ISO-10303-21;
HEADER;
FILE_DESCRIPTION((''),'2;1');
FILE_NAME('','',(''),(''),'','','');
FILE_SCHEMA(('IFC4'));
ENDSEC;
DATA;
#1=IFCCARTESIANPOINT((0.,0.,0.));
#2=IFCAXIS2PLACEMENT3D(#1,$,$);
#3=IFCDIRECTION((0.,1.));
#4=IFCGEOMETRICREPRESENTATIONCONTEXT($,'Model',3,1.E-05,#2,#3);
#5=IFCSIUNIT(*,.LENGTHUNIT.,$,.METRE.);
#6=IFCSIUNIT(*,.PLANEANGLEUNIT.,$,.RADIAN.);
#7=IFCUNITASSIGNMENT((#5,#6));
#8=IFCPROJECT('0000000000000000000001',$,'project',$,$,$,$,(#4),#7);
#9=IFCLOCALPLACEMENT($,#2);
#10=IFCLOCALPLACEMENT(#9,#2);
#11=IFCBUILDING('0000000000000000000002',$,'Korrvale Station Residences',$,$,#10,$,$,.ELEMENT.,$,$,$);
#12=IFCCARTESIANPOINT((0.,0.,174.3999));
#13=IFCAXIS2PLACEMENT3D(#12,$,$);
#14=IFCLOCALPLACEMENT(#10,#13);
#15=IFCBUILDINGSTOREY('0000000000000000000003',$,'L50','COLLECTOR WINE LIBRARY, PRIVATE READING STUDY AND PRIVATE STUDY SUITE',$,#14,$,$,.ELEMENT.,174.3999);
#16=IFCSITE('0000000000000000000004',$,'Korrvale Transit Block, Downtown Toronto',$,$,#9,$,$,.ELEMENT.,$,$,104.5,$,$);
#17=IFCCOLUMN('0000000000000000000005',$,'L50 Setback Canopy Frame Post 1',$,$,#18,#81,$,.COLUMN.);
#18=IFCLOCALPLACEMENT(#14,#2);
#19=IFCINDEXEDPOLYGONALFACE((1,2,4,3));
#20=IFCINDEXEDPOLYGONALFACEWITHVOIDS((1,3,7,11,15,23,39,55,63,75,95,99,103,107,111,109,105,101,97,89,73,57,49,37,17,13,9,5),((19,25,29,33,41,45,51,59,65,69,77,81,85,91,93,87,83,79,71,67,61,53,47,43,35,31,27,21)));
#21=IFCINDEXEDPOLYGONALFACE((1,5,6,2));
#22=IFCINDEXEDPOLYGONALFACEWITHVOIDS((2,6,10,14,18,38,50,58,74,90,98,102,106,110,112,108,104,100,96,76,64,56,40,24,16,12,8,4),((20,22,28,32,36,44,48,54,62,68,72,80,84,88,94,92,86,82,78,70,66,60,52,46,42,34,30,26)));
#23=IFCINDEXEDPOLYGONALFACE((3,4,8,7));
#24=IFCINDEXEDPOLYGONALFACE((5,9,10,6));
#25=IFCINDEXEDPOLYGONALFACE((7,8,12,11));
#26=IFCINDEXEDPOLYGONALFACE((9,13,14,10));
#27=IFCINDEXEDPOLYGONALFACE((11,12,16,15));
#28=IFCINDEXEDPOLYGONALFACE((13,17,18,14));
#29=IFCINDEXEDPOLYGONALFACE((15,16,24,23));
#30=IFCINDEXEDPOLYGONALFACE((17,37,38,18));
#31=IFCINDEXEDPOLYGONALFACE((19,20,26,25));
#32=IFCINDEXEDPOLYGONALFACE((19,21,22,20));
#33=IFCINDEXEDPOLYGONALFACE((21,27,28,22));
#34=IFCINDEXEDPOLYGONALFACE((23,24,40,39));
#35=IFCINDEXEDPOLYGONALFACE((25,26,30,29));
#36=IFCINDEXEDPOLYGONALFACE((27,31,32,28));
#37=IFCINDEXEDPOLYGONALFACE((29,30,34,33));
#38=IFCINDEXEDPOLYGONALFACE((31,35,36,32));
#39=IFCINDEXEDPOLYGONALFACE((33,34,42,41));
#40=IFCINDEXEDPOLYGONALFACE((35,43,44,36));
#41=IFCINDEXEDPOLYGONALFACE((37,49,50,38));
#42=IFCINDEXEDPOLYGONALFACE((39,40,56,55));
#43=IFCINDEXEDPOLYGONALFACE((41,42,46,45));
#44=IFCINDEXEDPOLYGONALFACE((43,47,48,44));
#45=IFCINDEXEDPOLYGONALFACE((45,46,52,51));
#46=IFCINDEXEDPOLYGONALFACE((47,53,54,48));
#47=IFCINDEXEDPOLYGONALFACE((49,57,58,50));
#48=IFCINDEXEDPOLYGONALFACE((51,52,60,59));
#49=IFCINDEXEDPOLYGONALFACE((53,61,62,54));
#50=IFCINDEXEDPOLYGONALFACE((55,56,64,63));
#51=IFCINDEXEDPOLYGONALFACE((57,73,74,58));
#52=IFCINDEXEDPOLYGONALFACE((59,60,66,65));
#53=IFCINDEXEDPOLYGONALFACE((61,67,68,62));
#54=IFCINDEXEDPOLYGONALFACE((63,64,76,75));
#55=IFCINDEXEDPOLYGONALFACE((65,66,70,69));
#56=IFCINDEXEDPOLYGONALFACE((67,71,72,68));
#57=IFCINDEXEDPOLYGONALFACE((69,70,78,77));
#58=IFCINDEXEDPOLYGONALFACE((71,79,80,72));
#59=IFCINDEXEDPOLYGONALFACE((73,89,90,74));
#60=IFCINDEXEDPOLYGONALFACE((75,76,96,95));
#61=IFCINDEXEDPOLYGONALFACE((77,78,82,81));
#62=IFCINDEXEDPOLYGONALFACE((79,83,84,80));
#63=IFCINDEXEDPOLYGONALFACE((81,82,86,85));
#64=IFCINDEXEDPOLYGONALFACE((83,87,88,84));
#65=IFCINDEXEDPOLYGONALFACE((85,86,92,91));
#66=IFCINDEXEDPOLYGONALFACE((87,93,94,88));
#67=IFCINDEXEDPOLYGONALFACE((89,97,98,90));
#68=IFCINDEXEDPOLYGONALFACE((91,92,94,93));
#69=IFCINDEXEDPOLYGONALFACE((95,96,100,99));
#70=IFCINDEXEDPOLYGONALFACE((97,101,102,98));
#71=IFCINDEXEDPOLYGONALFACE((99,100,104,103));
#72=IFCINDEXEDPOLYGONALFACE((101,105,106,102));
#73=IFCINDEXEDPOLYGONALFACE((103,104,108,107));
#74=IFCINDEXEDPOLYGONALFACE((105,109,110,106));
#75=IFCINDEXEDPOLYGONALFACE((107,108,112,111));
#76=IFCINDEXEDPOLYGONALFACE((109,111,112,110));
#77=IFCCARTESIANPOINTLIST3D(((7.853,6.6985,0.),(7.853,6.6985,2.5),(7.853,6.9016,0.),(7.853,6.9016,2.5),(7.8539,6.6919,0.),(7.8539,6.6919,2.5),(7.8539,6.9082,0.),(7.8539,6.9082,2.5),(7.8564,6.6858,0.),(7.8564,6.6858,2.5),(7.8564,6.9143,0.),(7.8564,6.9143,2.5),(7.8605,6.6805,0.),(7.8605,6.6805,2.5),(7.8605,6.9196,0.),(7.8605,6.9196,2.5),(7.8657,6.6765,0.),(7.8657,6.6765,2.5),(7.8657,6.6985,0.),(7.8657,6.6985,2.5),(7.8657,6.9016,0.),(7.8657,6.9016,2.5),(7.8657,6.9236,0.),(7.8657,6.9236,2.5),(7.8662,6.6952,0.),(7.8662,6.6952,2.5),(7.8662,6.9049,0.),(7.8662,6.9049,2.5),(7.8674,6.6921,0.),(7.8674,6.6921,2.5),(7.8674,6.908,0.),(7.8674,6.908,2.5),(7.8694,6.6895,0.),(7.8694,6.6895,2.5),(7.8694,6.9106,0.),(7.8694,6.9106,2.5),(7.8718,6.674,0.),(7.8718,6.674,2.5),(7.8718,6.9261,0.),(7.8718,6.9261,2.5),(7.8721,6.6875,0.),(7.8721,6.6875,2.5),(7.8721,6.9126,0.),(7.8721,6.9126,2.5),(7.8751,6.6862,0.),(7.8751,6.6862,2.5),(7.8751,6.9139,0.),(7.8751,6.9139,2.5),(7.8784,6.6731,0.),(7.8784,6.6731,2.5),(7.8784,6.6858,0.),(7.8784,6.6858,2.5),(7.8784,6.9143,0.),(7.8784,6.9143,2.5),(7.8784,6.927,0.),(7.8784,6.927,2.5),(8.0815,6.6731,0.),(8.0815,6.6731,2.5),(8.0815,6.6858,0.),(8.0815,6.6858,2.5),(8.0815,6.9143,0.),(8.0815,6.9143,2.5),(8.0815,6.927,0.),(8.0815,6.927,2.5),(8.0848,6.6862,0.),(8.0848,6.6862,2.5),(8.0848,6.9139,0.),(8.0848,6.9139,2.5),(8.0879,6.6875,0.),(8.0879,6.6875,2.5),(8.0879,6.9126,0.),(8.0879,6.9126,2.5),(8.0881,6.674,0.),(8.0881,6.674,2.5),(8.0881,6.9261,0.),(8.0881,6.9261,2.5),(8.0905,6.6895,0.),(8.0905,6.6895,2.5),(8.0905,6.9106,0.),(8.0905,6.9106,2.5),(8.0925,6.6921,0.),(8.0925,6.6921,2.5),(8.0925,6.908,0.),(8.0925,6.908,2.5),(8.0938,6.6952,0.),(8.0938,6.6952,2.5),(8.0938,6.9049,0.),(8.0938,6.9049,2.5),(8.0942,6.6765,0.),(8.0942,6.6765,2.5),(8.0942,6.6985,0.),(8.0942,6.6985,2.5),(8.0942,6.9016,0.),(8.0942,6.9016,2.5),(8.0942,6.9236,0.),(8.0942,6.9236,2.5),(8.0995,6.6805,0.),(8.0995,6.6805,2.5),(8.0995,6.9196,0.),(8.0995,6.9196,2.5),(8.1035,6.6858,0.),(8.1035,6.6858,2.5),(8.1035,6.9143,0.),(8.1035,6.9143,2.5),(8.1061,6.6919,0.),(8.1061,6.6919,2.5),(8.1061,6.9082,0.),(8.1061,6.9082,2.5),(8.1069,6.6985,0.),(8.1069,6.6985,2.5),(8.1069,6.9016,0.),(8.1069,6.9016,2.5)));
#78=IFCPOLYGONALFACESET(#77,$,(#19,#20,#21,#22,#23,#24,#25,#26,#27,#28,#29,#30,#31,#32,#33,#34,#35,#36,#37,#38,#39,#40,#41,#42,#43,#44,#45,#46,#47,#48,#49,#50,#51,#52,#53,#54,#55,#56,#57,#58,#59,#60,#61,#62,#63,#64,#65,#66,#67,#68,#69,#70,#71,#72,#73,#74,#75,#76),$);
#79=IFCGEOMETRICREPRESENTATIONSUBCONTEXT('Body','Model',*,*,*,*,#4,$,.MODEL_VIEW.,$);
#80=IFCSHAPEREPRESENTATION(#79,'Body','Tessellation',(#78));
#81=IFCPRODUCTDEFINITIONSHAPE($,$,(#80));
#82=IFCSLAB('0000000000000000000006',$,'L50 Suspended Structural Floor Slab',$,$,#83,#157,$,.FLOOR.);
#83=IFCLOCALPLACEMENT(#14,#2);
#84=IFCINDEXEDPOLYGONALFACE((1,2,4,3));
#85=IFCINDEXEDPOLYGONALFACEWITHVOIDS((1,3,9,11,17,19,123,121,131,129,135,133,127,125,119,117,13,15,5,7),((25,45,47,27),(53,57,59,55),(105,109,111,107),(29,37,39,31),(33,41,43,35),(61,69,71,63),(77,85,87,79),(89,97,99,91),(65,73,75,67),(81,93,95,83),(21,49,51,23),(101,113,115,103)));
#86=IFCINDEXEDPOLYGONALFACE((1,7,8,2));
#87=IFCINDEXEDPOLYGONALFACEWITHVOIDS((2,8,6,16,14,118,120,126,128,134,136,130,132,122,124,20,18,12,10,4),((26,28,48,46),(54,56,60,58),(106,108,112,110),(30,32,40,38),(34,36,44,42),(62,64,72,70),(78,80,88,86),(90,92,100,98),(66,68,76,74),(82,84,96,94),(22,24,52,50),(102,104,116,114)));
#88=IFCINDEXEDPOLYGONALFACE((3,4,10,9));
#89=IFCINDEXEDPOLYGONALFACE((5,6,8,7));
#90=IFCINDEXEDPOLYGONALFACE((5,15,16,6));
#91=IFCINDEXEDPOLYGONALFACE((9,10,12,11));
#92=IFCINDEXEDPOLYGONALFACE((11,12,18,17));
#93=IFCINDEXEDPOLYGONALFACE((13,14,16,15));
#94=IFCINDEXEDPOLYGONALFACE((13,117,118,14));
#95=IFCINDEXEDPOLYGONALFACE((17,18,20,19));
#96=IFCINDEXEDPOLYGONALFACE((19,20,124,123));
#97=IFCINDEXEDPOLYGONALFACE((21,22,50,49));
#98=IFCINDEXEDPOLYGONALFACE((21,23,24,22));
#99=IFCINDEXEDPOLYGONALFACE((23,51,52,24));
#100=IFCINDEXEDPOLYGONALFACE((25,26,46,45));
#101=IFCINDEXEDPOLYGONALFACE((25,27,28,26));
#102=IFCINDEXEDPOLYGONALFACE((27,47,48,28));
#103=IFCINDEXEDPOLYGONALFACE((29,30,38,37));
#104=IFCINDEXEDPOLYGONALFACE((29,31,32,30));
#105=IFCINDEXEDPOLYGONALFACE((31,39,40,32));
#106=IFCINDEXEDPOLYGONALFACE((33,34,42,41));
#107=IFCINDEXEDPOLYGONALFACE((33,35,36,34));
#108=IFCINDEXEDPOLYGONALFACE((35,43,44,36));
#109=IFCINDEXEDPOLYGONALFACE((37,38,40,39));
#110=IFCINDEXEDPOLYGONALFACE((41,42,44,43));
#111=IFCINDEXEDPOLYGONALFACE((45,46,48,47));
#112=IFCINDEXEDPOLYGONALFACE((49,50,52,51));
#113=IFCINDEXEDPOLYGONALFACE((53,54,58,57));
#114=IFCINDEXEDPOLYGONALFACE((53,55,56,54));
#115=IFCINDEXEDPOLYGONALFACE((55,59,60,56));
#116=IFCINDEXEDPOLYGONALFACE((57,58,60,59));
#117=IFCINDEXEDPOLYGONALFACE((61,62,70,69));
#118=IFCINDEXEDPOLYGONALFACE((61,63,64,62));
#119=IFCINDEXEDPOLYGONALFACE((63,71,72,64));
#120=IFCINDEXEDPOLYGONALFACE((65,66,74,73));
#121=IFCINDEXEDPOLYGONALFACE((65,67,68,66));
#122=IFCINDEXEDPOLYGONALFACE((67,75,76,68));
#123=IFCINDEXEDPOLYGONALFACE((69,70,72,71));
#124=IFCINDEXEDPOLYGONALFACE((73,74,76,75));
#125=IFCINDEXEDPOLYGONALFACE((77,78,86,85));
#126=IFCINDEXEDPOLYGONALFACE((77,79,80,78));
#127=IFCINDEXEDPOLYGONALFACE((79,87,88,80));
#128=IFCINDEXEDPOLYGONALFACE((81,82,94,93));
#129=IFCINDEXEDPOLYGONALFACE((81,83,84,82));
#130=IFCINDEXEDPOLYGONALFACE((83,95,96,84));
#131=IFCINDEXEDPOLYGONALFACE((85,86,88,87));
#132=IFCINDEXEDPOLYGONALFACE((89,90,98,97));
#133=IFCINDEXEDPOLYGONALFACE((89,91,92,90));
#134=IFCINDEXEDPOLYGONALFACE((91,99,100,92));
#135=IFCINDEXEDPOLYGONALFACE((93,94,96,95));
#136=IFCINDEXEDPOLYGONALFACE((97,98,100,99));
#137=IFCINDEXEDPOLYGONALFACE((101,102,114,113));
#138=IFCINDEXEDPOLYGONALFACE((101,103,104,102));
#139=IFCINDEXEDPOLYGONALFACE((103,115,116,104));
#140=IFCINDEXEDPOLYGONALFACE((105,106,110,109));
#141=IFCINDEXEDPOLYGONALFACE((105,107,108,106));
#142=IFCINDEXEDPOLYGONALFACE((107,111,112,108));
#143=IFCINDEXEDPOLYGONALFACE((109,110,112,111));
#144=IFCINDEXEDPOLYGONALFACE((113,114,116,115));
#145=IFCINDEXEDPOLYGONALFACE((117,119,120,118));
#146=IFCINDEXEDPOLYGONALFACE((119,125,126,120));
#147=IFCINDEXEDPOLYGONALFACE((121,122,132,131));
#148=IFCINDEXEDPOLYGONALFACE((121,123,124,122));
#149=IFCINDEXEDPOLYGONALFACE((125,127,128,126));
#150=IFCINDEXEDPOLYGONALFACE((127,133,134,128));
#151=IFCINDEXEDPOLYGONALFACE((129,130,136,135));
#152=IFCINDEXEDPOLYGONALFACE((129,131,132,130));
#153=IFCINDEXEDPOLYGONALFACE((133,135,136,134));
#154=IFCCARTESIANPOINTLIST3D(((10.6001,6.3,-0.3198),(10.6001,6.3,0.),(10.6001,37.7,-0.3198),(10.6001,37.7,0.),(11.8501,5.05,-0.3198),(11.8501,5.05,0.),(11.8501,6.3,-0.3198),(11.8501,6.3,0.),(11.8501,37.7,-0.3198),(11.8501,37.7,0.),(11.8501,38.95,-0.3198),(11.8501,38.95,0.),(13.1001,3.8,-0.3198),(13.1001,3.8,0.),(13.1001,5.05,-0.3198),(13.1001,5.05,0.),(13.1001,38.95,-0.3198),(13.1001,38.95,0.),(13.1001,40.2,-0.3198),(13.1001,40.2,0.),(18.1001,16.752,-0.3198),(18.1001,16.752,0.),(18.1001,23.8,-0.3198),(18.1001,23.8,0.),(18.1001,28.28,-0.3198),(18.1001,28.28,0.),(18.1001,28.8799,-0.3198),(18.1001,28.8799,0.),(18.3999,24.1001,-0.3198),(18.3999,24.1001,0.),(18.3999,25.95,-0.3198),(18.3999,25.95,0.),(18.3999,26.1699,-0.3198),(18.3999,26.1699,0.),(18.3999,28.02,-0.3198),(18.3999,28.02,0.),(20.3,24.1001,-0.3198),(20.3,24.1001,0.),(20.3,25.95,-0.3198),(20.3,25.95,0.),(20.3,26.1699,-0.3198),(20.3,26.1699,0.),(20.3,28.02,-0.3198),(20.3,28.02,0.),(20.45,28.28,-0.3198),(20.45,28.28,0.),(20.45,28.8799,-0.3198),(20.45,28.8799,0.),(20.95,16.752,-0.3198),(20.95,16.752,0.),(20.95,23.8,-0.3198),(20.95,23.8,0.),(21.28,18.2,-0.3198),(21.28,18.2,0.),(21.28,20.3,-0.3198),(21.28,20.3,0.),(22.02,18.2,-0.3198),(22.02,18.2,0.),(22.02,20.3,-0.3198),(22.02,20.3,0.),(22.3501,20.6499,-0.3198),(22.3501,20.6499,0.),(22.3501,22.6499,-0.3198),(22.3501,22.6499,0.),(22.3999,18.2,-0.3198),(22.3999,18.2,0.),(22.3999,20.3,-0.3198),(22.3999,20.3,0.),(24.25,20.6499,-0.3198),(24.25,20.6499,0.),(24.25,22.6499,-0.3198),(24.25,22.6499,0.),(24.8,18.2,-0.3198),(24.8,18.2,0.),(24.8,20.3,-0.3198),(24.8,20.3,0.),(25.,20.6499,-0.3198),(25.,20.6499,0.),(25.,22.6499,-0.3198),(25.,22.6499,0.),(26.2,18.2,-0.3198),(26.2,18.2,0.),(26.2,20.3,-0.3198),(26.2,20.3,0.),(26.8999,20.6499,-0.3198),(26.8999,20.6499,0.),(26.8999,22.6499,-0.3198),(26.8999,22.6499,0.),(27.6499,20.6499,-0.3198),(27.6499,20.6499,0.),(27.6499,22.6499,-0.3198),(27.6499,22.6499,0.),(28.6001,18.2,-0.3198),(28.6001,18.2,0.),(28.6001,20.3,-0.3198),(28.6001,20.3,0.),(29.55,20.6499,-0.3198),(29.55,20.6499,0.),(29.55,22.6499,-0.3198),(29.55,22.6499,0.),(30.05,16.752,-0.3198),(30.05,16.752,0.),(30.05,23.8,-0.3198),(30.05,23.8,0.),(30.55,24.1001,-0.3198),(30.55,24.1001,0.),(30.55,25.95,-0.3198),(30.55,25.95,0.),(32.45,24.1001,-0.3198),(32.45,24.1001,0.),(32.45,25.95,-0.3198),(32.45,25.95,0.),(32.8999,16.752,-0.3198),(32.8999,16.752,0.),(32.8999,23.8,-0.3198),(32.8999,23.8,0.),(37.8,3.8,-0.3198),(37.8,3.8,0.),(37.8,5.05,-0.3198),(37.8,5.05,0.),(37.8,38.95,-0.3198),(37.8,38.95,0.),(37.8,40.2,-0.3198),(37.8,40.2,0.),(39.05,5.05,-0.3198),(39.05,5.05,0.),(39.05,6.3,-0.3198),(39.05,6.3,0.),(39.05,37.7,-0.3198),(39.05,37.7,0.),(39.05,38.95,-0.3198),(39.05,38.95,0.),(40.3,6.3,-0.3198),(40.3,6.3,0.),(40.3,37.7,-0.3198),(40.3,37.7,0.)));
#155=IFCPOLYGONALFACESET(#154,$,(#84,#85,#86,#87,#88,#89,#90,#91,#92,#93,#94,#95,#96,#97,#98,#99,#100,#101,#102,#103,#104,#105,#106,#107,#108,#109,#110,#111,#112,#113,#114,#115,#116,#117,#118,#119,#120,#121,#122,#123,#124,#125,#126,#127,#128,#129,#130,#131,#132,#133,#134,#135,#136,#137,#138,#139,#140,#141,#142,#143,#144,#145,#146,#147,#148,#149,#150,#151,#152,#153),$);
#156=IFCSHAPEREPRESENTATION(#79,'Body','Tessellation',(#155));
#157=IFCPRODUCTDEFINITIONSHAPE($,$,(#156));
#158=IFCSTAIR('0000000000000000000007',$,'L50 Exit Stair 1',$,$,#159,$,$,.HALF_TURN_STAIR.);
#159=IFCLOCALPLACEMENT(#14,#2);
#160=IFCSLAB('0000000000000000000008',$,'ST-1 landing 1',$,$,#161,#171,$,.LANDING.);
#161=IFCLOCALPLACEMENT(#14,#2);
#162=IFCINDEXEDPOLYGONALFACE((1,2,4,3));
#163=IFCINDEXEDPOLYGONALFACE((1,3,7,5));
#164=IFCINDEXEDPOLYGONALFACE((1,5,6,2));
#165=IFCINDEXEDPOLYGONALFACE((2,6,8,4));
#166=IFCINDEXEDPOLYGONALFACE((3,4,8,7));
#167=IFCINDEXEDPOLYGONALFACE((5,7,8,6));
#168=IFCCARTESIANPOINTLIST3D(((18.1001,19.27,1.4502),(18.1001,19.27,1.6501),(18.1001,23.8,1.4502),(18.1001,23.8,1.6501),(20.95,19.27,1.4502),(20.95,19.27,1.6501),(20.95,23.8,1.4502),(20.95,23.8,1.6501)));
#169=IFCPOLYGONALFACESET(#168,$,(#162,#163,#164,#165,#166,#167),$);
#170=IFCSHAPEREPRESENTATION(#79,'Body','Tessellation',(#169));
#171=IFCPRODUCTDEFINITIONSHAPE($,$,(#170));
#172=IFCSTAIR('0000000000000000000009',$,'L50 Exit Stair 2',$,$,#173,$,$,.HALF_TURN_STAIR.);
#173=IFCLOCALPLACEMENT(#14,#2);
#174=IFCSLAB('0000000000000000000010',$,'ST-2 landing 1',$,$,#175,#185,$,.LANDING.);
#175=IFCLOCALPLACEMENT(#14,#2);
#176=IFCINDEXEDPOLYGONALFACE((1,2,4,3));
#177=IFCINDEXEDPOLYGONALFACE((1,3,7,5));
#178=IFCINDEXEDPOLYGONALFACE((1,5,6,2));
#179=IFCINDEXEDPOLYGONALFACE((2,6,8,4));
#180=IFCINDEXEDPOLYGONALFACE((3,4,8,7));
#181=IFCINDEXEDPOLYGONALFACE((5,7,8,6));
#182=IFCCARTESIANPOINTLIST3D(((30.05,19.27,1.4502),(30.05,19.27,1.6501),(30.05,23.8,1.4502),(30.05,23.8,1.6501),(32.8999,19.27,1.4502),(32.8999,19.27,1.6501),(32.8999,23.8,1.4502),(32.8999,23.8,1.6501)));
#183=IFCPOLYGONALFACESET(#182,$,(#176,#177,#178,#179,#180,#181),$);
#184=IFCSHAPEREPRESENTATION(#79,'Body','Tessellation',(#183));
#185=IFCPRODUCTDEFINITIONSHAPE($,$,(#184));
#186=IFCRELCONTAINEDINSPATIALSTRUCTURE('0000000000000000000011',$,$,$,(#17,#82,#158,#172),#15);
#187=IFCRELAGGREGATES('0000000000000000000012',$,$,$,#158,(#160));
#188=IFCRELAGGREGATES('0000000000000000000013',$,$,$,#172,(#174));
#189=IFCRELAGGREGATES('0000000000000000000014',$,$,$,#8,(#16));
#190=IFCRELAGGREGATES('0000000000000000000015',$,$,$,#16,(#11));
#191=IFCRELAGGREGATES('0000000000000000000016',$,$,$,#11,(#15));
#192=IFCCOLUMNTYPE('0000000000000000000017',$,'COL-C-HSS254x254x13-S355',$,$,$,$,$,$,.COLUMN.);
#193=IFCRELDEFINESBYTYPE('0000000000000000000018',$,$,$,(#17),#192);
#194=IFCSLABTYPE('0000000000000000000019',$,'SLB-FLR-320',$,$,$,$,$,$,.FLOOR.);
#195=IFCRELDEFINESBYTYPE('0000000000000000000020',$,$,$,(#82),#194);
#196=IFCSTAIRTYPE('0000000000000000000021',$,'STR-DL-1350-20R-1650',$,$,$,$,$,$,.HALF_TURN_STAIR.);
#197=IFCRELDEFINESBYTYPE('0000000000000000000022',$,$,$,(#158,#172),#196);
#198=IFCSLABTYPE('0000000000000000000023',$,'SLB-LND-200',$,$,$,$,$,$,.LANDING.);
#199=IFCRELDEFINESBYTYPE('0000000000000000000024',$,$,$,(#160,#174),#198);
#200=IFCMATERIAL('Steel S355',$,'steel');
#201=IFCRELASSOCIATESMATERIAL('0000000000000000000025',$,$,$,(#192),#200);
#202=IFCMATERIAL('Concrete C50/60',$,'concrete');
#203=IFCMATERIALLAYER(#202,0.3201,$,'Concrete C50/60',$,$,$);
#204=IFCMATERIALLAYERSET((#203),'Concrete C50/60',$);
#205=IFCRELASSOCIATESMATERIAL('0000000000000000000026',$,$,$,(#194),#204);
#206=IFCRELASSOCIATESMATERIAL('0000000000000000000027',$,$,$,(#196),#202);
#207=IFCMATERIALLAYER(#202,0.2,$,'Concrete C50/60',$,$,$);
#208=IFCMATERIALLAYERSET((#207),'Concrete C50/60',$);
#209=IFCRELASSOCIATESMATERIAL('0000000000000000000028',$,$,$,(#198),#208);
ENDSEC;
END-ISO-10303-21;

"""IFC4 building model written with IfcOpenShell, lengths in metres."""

from ifc_helpers import new_model, si_unit, direction, frame, origin, origin_2d, place, context, subcontext, project, spatial, polyline, hollow_rectangle, outline, extrude, material, layer, layer_set, material_profile, profile_set, type_object, element, aggregate, save


model = new_model("IFC4")

# Units and contexts
model_context = context("Model", 3, precision=1e-05, world=origin(), true_north=direction((0.0, 1.0)))
body_context = subcontext(model_context, "Body", "Model", "MODEL_VIEW")
ifc_project = project(units=[si_unit("LENGTHUNIT", "METRE"), si_unit("PLANEANGLEUNIT", "RADIAN")], contexts=[model_context])

# Site, building, storey
site_placement = place(None, origin())
site = spatial("IfcSite", under=ifc_project, at=site_placement, Name="Korrvale Transit Block, Downtown Toronto", CompositionType="ELEMENT", RefElevation=104.5)
building_placement = place(site_placement, origin())
building = spatial("IfcBuilding", under=site, at=building_placement, Name="Korrvale Station Residences", CompositionType="ELEMENT")
storey_placement = place(building_placement, frame((0.0, 0.0, 174.3999)))
storey = spatial("IfcBuildingStorey", under=building, at=storey_placement, Name="L50", Description="COLLECTOR WINE LIBRARY, PRIVATE READING STUDY AND PRIVATE STUDY SUITE", CompositionType="ELEMENT", Elevation=174.3999)

# Column
ifc_material_1 = material(Name="Steel S355", Category="steel")
ifc_material_profile = material_profile(ifc_material_1, hollow_rectangle(XDim=0.2539, YDim=0.2539, WallThickness=0.0127, InnerFilletRadius=0.0127, OuterFilletRadius=0.0254, at=origin_2d()), Name="HSS254x254x13")
ifc_profile_set = profile_set([ifc_material_profile], Name="Steel S355")
column_type = type_object("IfcColumnType", Name="COL-C-HSS254x254x13-S355", PredefinedType="COLUMN", material=ifc_profile_set)
column_placement = place(storey_placement, frame((7.98, 6.8, 0.0), z_axis=(0.0, 0.0, 1.0), x_axis=(1.0, 0.0, 0.0)))
element("IfcColumn", 1, at=column_placement, inside=storey, type_object=column_type, Name="L50 Setback Canopy Frame Post 1", PredefinedType="COLUMN", context=body_context, shape_type="SweptSolid", body=[
    extrude(hollow_rectangle(XDim=0.2539, YDim=0.2539, WallThickness=0.0127, InnerFilletRadius=0.0127, OuterFilletRadius=0.0254, at=origin_2d()), origin(), (0.0, 0.0, 1.0), 2.5),
])

# Slab
ifc_material_2 = material(Name="Concrete C50/60", Category="concrete")
ifc_layer_1 = layer(ifc_material_2, 0.3201, Name="Concrete C50/60")
ifc_layer_set_1 = layer_set([ifc_layer_1], Name="Concrete C50/60")
slab_type_1 = type_object("IfcSlabType", Name="SLB-FLR-320", PredefinedType="FLOOR", material=ifc_layer_set_1)
slab_1_placement = place(storey_placement, frame((0.0, 0.0, -0.3198)))
element("IfcSlab", 2, at=slab_1_placement, inside=storey, type_object=slab_type_1, Name="L50 Suspended Structural Floor Slab", PredefinedType="FLOOR", context=body_context, shape_type="SweptSolid", body=[
    extrude(outline(polyline([(13.1001, 3.8), (37.8, 3.8), (37.8, 5.05), (39.05, 5.05), (39.05, 6.3), (40.3, 6.3), (40.3, 37.7), (39.05, 37.7), (39.05, 38.95), (37.8, 38.95), (37.8, 40.2), (13.1001, 40.2), (13.1001, 38.95), (11.8501, 38.95), (11.8501, 37.7), (10.6001, 37.7), (10.6001, 6.3), (11.8501, 6.3), (11.8501, 5.05), (13.1001, 5.05), (13.1001, 3.8)]), holes=[polyline([(20.95, 16.752), (20.95, 23.8), (18.1001, 23.8), (18.1001, 16.752), (20.95, 16.752)]), polyline([(32.8999, 16.752), (32.8999, 23.8), (30.05, 23.8), (30.05, 16.752), (32.8999, 16.752)]), polyline([(22.3501, 20.6499), (24.25, 20.6499), (24.25, 22.6499), (22.3501, 22.6499), (22.3501, 20.6499)]), polyline([(25.0, 20.6499), (26.8999, 20.6499), (26.8999, 22.6499), (25.0, 22.6499), (25.0, 20.6499)]), polyline([(27.6499, 20.6499), (29.55, 20.6499), (29.55, 22.6499), (27.6499, 22.6499), (27.6499, 20.6499)]), polyline([(18.3999, 24.1001), (20.3, 24.1001), (20.3, 25.95), (18.3999, 25.95), (18.3999, 24.1001)]), polyline([(18.3999, 26.1699), (20.3, 26.1699), (20.3, 28.02), (18.3999, 28.02), (18.3999, 26.1699)]), polyline([(30.55, 24.1001), (32.45, 24.1001), (32.45, 25.95), (30.55, 25.95), (30.55, 24.1001)]), polyline([(22.3999, 18.2), (24.8, 18.2), (24.8, 20.3), (22.3999, 20.3), (22.3999, 18.2)]), polyline([(26.2, 18.2), (28.6001, 18.2), (28.6001, 20.3), (26.2, 20.3), (26.2, 18.2)]), polyline([(18.1001, 28.28), (20.45, 28.28), (20.45, 28.8799), (18.1001, 28.8799), (18.1001, 28.28)]), polyline([(21.28, 18.2), (22.02, 18.2), (22.02, 20.3), (21.28, 20.3), (21.28, 18.2)])]), origin(), (0.0, 0.0, 1.0), 0.3198),
])

# Stairs, slabs
stair_type = type_object("IfcStairType", Name="STR-DL-1350-20R-1650", PredefinedType="HALF_TURN_STAIR", material=ifc_material_2)
stair_1_placement = place(storey_placement, origin())
stair_1 = element("IfcStair", 3, at=stair_1_placement, inside=storey, type_object=stair_type, Name="L50 Exit Stair 1", PredefinedType="HALF_TURN_STAIR")
ifc_layer_2 = layer(ifc_material_2, 0.2, Name="Concrete C50/60")
ifc_layer_set_2 = layer_set([ifc_layer_2], Name="Concrete C50/60")
slab_type_2 = type_object("IfcSlabType", Name="SLB-LND-200", PredefinedType="LANDING", material=ifc_layer_set_2)
slab_2_placement = place(storey_placement, frame((0.0, 0.0, 1.4502)))
slab_2 = element("IfcSlab", 4, at=slab_2_placement, type_object=slab_type_2, Name="ST-1 landing 1", PredefinedType="LANDING", context=body_context, shape_type="SweptSolid", body=[
    extrude(outline(polyline([(20.95, 19.27), (20.95, 23.8), (18.1001, 23.8), (18.1001, 19.27), (20.95, 19.27)])), origin(), (0.0, 0.0, 1.0), 0.2),
])
aggregate(stair_1, [slab_2])
stair_2_placement = place(storey_placement, origin())
stair_2 = element("IfcStair", 5, at=stair_2_placement, inside=storey, type_object=stair_type, Name="L50 Exit Stair 2", PredefinedType="HALF_TURN_STAIR")
slab_3_placement = place(storey_placement, frame((0.0, 0.0, 1.4502)))
slab_3 = element("IfcSlab", 6, at=slab_3_placement, type_object=slab_type_2, Name="ST-2 landing 1", PredefinedType="LANDING", context=body_context, shape_type="SweptSolid", body=[
    extrude(outline(polyline([(32.8999, 19.27), (32.8999, 23.8), (30.05, 23.8), (30.05, 19.27), (32.8999, 19.27)])), origin(), (0.0, 0.0, 1.0), 0.2),
])
aggregate(stair_2, [slab_3])

save(model, "model.ifc")
